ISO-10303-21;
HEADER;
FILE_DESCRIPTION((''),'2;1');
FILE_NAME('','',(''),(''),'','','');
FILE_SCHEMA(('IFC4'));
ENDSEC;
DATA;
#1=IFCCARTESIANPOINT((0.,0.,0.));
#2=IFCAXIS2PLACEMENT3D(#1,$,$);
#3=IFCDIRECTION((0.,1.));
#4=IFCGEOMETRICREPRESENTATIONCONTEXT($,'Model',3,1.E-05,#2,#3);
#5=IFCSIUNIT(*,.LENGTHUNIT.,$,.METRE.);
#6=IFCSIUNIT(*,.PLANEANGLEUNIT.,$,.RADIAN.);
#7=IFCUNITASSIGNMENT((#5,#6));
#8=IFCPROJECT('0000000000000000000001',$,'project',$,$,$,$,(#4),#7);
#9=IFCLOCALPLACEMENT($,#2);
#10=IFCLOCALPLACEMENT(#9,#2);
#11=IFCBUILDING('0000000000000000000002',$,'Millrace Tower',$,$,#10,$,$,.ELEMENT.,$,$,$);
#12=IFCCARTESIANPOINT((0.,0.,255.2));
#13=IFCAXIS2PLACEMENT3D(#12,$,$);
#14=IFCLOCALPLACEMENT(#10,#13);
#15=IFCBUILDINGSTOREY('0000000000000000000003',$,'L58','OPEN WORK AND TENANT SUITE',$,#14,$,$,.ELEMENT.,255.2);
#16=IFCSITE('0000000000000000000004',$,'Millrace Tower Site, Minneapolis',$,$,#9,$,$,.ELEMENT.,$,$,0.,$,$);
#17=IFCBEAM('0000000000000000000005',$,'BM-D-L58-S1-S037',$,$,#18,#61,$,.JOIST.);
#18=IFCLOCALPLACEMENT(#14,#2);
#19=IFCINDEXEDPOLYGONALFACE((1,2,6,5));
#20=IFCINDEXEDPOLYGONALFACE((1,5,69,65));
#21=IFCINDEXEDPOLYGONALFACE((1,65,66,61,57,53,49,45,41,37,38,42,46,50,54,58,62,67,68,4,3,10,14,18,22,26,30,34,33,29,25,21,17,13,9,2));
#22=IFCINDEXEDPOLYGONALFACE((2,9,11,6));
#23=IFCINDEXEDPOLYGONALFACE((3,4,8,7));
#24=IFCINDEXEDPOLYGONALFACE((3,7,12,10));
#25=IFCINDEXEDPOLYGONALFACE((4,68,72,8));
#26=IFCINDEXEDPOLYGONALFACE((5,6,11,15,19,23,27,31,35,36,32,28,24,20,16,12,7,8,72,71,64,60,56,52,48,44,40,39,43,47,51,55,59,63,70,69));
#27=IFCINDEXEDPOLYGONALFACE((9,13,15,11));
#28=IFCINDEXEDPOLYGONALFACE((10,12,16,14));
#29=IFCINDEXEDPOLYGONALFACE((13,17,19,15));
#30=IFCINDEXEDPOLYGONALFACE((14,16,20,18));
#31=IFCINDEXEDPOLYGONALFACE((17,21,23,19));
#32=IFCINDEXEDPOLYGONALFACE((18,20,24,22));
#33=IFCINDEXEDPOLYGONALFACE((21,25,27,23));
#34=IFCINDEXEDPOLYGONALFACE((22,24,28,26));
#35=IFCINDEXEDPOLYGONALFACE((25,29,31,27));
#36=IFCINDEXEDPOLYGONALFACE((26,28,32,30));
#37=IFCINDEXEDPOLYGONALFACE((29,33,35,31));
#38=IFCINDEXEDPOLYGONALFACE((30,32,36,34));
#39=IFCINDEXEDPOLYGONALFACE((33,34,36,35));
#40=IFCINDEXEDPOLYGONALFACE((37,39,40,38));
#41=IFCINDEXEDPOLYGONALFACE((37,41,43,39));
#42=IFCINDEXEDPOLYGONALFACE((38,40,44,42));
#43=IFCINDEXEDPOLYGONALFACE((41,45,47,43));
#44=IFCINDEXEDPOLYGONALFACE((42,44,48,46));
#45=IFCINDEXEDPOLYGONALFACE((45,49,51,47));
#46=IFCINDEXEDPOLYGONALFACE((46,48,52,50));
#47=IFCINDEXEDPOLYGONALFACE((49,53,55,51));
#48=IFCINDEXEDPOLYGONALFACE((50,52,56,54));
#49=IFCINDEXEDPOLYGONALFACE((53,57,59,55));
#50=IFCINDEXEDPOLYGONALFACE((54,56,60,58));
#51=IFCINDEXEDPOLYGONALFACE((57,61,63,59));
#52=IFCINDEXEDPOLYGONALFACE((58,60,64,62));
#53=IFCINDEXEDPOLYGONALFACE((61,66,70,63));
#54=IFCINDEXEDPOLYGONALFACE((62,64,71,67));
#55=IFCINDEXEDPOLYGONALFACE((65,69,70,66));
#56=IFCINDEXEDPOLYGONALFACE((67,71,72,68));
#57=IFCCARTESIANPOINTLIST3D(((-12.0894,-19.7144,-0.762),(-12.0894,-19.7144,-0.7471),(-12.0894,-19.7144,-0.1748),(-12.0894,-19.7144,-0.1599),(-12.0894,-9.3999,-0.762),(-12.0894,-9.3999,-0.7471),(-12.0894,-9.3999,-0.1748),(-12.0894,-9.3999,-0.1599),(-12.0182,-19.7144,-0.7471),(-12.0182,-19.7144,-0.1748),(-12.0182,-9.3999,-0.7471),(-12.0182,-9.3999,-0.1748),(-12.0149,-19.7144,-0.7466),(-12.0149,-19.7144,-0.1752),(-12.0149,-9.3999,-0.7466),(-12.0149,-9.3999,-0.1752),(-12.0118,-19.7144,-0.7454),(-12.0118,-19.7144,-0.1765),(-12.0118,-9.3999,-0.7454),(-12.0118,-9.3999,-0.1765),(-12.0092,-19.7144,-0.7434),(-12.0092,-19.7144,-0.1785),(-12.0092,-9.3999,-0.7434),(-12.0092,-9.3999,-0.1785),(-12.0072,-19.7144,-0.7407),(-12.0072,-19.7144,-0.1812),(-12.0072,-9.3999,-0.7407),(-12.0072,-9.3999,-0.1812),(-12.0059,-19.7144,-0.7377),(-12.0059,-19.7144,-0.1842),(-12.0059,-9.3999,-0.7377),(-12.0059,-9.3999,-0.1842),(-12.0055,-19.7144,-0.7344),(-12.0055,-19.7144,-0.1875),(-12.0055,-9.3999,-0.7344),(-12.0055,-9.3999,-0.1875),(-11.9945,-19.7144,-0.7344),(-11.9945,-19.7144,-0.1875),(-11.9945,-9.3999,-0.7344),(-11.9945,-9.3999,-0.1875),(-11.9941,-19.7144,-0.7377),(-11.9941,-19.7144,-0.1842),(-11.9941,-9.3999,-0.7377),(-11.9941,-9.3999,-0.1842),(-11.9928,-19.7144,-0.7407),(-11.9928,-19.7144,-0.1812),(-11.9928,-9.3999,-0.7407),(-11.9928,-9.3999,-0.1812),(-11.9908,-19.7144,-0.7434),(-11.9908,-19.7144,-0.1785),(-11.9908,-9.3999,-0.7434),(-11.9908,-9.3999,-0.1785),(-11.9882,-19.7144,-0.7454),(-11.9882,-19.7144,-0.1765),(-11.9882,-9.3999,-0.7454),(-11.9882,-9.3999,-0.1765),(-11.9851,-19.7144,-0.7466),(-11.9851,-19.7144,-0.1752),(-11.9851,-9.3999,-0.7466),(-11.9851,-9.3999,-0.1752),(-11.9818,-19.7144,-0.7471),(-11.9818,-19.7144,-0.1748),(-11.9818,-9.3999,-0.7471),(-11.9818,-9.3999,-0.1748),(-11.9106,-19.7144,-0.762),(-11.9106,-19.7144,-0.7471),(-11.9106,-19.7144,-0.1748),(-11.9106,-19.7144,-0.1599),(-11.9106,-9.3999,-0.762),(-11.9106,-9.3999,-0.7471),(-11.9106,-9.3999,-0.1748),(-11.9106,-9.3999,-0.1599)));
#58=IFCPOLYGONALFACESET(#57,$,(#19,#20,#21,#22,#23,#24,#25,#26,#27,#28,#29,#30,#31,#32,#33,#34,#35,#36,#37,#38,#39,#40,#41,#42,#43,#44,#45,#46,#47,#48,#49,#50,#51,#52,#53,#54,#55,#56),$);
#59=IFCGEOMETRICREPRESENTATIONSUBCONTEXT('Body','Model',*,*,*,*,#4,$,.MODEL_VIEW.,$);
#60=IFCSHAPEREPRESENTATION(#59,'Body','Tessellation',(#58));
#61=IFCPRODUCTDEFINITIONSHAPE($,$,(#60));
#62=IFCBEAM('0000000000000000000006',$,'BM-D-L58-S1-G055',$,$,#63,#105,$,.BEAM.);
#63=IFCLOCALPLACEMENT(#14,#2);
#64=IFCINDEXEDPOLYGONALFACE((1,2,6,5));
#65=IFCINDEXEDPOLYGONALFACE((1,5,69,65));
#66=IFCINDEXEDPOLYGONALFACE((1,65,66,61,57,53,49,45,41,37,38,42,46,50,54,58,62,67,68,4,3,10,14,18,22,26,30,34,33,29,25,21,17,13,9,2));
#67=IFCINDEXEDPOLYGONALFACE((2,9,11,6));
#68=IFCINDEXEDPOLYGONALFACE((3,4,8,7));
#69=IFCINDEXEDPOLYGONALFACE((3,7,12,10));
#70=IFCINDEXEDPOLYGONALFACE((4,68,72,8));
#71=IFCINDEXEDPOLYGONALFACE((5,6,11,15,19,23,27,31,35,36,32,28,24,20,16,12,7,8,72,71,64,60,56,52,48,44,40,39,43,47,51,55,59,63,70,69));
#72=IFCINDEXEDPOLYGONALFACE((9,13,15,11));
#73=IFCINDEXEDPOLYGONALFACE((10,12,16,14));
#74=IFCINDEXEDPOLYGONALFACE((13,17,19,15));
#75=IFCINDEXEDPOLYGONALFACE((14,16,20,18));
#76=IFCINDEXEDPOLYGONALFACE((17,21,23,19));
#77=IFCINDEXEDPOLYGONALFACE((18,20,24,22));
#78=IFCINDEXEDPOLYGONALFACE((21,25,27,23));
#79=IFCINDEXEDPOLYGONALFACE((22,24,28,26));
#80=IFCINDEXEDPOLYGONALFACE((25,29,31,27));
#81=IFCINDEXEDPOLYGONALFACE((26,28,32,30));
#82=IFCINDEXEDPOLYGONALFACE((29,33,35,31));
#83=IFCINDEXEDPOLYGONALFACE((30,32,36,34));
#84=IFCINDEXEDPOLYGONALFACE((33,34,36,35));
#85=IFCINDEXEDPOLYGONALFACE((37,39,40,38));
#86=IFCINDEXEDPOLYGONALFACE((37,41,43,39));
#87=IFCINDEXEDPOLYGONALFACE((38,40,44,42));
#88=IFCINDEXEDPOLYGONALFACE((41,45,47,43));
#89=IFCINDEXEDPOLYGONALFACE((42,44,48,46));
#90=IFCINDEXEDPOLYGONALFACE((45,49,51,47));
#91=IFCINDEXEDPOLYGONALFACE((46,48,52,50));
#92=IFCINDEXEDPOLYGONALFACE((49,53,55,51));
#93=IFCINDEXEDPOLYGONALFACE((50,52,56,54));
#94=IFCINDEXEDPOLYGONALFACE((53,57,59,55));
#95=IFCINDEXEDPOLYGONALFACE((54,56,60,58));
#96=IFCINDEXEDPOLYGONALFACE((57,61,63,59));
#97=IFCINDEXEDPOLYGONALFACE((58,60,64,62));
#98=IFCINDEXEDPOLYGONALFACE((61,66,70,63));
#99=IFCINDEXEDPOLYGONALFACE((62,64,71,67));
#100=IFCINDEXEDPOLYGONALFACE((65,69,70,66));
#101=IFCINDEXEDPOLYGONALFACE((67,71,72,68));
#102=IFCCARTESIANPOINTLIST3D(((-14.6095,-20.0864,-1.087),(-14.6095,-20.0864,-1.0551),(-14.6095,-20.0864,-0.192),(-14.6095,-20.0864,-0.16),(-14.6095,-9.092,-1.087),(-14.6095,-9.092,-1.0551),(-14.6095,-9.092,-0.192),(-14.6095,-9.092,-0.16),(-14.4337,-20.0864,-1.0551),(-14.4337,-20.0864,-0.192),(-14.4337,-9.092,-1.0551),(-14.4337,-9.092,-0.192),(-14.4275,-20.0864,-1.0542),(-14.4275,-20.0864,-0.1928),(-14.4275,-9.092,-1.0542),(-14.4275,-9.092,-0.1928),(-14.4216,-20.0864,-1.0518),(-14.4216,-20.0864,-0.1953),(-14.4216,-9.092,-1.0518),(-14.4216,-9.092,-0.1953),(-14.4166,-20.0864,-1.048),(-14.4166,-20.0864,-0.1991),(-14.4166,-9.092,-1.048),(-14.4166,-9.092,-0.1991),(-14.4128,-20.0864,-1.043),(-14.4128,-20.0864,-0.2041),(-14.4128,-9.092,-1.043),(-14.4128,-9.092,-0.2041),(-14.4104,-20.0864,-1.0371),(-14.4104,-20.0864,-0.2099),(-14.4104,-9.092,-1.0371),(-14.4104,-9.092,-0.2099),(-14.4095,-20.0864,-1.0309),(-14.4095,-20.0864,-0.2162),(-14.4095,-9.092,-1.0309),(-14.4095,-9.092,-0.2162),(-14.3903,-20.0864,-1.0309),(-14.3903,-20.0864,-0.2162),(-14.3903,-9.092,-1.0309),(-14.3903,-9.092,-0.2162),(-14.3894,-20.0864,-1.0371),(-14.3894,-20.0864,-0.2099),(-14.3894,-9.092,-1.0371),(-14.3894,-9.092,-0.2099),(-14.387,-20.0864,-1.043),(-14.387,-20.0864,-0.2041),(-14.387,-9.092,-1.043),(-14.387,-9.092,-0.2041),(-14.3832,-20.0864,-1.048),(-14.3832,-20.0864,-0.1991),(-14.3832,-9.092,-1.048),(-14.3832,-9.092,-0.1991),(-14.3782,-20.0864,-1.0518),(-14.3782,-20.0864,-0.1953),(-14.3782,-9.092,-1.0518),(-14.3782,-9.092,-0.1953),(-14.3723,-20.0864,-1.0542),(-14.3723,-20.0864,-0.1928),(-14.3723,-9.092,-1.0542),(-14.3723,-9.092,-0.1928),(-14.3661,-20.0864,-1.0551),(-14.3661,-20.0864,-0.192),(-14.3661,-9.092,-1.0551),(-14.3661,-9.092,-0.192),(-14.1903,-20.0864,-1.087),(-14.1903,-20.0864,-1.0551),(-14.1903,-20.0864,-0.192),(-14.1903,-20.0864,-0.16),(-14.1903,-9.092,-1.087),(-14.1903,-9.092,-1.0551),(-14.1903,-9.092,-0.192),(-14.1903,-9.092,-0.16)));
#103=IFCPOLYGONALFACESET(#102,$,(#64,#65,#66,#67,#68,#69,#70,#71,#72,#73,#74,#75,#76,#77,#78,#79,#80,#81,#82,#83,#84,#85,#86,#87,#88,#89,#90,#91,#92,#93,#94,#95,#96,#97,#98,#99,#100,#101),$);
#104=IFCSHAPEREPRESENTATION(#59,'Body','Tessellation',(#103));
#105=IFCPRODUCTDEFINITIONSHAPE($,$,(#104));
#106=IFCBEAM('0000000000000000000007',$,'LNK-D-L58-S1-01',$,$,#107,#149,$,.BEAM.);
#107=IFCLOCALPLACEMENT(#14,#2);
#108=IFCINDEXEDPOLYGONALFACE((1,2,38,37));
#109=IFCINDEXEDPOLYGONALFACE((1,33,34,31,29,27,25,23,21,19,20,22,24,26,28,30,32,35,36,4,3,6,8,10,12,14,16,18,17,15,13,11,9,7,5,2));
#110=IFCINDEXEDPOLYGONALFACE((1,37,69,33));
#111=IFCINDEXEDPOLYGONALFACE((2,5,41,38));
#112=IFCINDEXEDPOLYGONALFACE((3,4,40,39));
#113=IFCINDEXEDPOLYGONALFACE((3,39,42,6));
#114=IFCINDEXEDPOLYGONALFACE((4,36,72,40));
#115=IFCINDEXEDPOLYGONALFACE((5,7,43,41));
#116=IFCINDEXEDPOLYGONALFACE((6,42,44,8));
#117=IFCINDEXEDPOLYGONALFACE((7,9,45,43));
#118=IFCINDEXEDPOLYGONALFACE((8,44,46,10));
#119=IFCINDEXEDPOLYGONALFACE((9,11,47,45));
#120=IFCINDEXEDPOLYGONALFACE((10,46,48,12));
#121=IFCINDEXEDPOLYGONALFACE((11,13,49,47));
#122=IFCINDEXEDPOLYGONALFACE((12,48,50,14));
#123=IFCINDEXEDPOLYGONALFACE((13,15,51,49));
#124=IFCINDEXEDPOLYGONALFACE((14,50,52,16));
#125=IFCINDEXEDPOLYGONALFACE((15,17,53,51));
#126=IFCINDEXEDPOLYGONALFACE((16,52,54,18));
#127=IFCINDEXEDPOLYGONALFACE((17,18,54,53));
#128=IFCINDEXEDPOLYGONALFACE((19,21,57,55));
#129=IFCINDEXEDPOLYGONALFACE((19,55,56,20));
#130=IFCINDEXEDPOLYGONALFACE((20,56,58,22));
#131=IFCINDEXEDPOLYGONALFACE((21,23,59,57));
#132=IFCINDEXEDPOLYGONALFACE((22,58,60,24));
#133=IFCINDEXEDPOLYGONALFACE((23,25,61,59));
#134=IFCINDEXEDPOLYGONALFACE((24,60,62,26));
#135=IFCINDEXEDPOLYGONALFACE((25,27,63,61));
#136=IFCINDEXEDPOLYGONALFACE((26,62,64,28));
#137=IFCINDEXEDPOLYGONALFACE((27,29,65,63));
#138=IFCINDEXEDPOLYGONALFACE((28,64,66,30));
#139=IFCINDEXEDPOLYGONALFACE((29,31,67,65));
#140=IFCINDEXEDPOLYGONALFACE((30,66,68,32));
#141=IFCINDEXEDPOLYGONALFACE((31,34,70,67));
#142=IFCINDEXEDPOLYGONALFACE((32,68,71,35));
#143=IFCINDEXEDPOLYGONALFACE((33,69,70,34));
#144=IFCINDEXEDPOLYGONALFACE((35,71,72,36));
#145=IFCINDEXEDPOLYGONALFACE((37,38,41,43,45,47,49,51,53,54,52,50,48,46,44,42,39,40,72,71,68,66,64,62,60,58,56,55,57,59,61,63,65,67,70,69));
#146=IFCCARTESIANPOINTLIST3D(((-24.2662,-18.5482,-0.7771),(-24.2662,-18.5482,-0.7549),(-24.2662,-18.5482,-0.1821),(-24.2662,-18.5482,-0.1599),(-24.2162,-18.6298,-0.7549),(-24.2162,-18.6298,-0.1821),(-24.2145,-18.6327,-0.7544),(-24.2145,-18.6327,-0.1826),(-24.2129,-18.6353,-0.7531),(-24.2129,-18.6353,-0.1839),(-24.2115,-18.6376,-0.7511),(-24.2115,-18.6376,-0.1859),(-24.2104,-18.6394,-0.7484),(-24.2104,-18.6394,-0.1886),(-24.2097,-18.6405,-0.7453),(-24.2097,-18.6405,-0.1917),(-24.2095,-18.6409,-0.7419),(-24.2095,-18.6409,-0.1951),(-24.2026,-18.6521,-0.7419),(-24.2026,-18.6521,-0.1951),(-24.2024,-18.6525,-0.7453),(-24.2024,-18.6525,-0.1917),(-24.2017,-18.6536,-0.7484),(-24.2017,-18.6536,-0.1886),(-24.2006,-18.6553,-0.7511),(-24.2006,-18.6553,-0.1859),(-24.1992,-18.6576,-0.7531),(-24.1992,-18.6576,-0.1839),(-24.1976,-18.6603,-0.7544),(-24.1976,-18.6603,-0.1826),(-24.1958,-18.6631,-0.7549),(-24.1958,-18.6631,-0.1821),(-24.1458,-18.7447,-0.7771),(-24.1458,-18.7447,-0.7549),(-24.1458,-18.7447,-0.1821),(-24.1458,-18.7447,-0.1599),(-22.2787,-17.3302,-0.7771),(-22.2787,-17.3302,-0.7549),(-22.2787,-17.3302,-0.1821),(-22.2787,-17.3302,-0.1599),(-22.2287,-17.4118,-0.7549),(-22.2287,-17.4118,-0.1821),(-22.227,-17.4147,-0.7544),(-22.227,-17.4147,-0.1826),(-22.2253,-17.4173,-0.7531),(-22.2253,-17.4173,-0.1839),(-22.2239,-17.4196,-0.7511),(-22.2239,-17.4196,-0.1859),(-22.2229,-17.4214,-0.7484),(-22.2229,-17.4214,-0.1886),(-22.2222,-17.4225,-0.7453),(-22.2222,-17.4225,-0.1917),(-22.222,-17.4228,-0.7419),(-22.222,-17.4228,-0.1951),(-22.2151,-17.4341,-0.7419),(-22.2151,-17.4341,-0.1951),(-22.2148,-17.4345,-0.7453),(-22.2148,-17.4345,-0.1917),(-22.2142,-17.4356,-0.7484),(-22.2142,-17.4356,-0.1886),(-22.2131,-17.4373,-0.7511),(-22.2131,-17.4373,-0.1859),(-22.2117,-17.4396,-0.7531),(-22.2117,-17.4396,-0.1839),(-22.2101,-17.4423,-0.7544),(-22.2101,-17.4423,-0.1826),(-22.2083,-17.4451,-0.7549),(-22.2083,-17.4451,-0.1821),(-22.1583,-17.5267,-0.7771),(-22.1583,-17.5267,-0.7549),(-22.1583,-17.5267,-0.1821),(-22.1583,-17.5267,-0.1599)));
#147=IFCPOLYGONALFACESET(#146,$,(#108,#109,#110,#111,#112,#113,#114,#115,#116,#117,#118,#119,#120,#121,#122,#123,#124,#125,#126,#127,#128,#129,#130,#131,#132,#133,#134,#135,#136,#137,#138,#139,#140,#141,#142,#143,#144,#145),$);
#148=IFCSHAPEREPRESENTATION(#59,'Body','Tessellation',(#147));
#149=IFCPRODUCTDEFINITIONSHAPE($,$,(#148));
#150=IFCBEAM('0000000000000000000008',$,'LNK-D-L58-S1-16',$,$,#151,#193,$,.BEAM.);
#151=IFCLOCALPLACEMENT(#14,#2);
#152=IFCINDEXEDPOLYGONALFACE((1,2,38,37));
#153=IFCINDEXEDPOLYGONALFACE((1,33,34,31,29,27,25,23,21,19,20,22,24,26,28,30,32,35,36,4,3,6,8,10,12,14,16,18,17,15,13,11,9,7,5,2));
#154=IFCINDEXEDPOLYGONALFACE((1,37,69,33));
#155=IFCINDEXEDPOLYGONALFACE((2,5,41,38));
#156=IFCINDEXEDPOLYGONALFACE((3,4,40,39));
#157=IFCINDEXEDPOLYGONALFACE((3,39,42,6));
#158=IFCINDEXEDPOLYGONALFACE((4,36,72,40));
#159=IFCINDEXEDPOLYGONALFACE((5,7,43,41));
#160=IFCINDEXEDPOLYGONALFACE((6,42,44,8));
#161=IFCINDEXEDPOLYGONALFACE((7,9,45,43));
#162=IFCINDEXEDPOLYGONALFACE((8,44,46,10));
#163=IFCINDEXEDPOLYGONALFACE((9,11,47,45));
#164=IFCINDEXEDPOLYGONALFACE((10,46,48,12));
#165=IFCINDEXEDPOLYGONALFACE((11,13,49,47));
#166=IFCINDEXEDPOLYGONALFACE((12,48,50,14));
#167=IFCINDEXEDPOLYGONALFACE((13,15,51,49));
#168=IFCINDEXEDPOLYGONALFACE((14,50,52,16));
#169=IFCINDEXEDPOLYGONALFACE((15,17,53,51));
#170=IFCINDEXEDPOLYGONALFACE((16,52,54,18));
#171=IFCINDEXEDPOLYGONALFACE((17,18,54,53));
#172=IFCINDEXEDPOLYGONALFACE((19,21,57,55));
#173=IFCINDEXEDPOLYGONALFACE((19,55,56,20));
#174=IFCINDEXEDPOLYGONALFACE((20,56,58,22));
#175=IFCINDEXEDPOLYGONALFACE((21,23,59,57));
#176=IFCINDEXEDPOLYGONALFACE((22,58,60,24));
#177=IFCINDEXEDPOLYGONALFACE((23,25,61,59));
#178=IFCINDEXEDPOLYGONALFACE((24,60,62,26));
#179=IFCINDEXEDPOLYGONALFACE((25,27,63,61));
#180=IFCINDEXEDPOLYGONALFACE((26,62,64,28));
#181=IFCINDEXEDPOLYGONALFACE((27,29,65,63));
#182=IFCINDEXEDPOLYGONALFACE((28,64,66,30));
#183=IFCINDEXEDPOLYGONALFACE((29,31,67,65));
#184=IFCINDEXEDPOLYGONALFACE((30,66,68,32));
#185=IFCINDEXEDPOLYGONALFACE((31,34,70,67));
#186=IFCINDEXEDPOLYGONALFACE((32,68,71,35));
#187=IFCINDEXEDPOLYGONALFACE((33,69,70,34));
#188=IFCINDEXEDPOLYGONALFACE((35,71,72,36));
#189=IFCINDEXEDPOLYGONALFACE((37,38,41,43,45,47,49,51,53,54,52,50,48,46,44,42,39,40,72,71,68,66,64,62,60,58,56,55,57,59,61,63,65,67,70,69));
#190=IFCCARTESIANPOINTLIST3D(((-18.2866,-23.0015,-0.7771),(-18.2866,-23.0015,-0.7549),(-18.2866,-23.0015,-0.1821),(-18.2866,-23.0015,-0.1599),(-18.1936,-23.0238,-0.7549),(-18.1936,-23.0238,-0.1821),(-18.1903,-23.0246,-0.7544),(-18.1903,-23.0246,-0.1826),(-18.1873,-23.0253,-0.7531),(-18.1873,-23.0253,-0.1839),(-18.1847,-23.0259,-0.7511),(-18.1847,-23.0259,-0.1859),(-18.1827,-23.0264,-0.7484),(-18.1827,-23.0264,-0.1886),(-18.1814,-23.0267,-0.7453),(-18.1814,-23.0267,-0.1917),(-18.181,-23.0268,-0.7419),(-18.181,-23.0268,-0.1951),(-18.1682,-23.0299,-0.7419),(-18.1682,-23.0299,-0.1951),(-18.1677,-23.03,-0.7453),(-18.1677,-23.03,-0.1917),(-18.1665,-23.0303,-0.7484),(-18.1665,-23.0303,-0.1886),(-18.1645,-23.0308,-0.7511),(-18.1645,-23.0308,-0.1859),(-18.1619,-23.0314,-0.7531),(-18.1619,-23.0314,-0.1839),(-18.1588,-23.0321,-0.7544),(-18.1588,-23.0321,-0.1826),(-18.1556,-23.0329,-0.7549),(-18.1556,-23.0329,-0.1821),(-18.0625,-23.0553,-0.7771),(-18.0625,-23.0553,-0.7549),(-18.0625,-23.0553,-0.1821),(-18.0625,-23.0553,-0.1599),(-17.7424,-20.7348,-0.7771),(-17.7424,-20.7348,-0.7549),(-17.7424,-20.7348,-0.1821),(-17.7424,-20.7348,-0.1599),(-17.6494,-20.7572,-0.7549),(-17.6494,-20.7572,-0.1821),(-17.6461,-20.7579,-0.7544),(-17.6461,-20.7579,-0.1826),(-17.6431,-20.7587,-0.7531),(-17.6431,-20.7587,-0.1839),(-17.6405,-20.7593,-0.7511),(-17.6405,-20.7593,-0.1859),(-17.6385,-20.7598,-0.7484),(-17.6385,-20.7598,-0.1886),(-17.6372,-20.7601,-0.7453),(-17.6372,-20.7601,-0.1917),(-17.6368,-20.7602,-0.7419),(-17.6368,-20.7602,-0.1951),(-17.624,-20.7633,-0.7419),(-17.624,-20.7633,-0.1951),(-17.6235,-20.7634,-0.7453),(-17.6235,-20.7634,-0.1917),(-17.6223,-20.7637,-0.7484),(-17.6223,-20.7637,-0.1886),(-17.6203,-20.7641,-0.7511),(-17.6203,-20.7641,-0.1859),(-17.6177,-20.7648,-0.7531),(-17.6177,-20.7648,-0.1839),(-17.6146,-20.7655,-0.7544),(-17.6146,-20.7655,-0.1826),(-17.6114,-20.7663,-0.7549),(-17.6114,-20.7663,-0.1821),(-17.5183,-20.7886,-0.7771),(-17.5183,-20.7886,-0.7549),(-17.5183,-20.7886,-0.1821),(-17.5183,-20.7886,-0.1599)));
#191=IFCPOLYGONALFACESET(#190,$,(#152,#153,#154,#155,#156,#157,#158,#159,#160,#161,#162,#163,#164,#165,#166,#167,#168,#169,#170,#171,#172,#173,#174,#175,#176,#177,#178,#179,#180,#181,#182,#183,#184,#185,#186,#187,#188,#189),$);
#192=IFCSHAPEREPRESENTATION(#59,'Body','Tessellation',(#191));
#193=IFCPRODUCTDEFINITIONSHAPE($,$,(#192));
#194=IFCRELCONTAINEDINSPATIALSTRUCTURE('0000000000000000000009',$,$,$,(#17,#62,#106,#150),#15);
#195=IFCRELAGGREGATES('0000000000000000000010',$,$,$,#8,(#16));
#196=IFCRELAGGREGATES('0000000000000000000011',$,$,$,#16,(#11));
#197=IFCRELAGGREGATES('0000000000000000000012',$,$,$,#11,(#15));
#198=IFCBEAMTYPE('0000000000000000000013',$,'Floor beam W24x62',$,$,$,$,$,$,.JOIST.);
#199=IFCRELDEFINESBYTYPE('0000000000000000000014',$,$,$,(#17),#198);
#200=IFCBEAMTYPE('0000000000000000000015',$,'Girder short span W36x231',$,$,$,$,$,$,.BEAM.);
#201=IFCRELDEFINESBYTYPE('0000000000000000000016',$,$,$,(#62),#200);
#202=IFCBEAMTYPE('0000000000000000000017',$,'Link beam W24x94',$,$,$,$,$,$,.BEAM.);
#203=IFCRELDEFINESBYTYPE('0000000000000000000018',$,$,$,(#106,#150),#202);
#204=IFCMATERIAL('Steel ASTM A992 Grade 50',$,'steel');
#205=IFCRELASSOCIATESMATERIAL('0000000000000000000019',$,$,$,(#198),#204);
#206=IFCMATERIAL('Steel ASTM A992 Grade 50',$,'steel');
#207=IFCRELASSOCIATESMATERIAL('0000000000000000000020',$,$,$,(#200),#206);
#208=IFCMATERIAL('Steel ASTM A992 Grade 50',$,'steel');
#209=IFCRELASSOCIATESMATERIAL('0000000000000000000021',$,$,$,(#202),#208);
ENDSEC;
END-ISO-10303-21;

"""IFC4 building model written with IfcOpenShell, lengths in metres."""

from ifc_helpers import new_model, si_unit, direction, frame, origin, origin_2d, place, context, subcontext, project, spatial, i_section, extrude, material, material_profile, profile_set, type_object, element, save


model = new_model("IFC4")

# Units and contexts
model_context = context("Model", 3, precision=1e-05, world=origin(), true_north=direction((0.0, 1.0)))
body_context = subcontext(model_context, "Body", "Model", "MODEL_VIEW")
ifc_project = project(units=[si_unit("LENGTHUNIT", "METRE"), si_unit("PLANEANGLEUNIT", "RADIAN")], contexts=[model_context])

# Site, building, storey
site_placement = place(None, origin())
site = spatial("IfcSite", under=ifc_project, at=site_placement, Name="Millrace Tower Site, Minneapolis", CompositionType="ELEMENT", RefElevation=0.0)
building_placement = place(site_placement, origin())
building = spatial("IfcBuilding", under=site, at=building_placement, Name="Millrace Tower", CompositionType="ELEMENT")
storey_placement = place(building_placement, frame((0.0, 0.0, 255.2)))
storey = spatial("IfcBuildingStorey", under=building, at=storey_placement, Name="L58", Description="OPEN WORK AND TENANT SUITE", CompositionType="ELEMENT", Elevation=255.2)

# Beams
ifc_material_1 = material(Name="Steel ASTM A992 Grade 50", Category="steel")
ifc_material_profile_1 = material_profile(ifc_material_1, i_section(OverallWidth=0.1787, OverallDepth=0.6021, WebThickness=0.011, FlangeThickness=0.0149, FilletRadius=0.0127, at=origin_2d()))
ifc_profile_set_1 = profile_set([ifc_material_profile_1], Name="Steel ASTM A992 Grade 50")
beam_type_1 = type_object("IfcBeamType", Name="Floor beam W24x62", PredefinedType="JOIST", material=ifc_profile_set_1)
beam_1_placement = place(storey_placement, frame((-12.0, -19.7144, -0.4609), z_axis=(0.0, 1.0, 0.0), x_axis=(-1.0, 0.0, 0.0)))
element("IfcBeam", 1, at=beam_1_placement, inside=storey, type_object=beam_type_1, Name="BM-D-L58-S1-S037", PredefinedType="JOIST", context=body_context, shape_type="SweptSolid", body=[
    extrude(i_section(OverallWidth=0.1787, OverallDepth=0.6021, WebThickness=0.011, FlangeThickness=0.0149, FilletRadius=0.0127, at=origin_2d()), origin(), (0.0, 0.0, 1.0), 10.3145),
])
ifc_material_2 = material(Name="Steel ASTM A992 Grade 50", Category="steel")
ifc_material_profile_2 = material_profile(ifc_material_2, i_section(OverallWidth=0.4192, OverallDepth=0.927, WebThickness=0.0193, FlangeThickness=0.032, FilletRadius=0.0242, at=origin_2d()))
ifc_profile_set_2 = profile_set([ifc_material_profile_2], Name="Steel ASTM A992 Grade 50")
beam_type_2 = type_object("IfcBeamType", Name="Girder short span W36x231", PredefinedType="BEAM", material=ifc_profile_set_2)
beam_2_placement = place(storey_placement, frame((-14.3999, -20.0864, -0.6235), z_axis=(0.0, 1.0, 0.0), x_axis=(-1.0, 0.0, 0.0)))
element("IfcBeam", 2, at=beam_2_placement, inside=storey, type_object=beam_type_2, Name="BM-D-L58-S1-G055", PredefinedType="BEAM", context=body_context, shape_type="SweptSolid", body=[
    extrude(i_section(OverallWidth=0.4192, OverallDepth=0.927, WebThickness=0.0193, FlangeThickness=0.032, FilletRadius=0.0242, at=origin_2d()), origin(), (0.0, 0.0, 1.0), 10.9944),
])
ifc_material_3 = material(Name="Steel ASTM A992 Grade 50", Category="steel")
ifc_material_profile_3 = material_profile(ifc_material_3, i_section(OverallWidth=0.2305, OverallDepth=0.6172, WebThickness=0.0132, FlangeThickness=0.0222, FilletRadius=0.0129, at=origin_2d()))
ifc_profile_set_3 = profile_set([ifc_material_profile_3], Name="Steel ASTM A992 Grade 50")
beam_type_3 = type_object("IfcBeamType", Name="Link beam W24x94", PredefinedType="BEAM", material=ifc_profile_set_3)
for number, where, z_axis, x_axis, name in (
    (3, (-22.2185, -17.4285, -0.4685), (-0.852631, -0.522513, 0.0), (0.522513, -0.852631, 0.0), "LNK-D-L58-S1-01"),
    (4, (-17.6304, -20.7617, -0.4685), (-0.233456, -0.972367, 0.0), (0.972367, -0.233456, 0.0), "LNK-D-L58-S1-16"),
):
    element("IfcBeam", number, at=place(storey_placement, frame(where, z_axis=z_axis, x_axis=x_axis)), inside=storey, type_object=beam_type_3, Name=name, PredefinedType="BEAM", context=body_context, shape_type="SweptSolid", body=[
        extrude(i_section(OverallWidth=0.2305, OverallDepth=0.6172, WebThickness=0.0132, FlangeThickness=0.0222, FilletRadius=0.0129, at=origin_2d()), origin(), (0.0, 0.0, 1.0), 2.3311),
    ])

save(model, "model.ifc")
